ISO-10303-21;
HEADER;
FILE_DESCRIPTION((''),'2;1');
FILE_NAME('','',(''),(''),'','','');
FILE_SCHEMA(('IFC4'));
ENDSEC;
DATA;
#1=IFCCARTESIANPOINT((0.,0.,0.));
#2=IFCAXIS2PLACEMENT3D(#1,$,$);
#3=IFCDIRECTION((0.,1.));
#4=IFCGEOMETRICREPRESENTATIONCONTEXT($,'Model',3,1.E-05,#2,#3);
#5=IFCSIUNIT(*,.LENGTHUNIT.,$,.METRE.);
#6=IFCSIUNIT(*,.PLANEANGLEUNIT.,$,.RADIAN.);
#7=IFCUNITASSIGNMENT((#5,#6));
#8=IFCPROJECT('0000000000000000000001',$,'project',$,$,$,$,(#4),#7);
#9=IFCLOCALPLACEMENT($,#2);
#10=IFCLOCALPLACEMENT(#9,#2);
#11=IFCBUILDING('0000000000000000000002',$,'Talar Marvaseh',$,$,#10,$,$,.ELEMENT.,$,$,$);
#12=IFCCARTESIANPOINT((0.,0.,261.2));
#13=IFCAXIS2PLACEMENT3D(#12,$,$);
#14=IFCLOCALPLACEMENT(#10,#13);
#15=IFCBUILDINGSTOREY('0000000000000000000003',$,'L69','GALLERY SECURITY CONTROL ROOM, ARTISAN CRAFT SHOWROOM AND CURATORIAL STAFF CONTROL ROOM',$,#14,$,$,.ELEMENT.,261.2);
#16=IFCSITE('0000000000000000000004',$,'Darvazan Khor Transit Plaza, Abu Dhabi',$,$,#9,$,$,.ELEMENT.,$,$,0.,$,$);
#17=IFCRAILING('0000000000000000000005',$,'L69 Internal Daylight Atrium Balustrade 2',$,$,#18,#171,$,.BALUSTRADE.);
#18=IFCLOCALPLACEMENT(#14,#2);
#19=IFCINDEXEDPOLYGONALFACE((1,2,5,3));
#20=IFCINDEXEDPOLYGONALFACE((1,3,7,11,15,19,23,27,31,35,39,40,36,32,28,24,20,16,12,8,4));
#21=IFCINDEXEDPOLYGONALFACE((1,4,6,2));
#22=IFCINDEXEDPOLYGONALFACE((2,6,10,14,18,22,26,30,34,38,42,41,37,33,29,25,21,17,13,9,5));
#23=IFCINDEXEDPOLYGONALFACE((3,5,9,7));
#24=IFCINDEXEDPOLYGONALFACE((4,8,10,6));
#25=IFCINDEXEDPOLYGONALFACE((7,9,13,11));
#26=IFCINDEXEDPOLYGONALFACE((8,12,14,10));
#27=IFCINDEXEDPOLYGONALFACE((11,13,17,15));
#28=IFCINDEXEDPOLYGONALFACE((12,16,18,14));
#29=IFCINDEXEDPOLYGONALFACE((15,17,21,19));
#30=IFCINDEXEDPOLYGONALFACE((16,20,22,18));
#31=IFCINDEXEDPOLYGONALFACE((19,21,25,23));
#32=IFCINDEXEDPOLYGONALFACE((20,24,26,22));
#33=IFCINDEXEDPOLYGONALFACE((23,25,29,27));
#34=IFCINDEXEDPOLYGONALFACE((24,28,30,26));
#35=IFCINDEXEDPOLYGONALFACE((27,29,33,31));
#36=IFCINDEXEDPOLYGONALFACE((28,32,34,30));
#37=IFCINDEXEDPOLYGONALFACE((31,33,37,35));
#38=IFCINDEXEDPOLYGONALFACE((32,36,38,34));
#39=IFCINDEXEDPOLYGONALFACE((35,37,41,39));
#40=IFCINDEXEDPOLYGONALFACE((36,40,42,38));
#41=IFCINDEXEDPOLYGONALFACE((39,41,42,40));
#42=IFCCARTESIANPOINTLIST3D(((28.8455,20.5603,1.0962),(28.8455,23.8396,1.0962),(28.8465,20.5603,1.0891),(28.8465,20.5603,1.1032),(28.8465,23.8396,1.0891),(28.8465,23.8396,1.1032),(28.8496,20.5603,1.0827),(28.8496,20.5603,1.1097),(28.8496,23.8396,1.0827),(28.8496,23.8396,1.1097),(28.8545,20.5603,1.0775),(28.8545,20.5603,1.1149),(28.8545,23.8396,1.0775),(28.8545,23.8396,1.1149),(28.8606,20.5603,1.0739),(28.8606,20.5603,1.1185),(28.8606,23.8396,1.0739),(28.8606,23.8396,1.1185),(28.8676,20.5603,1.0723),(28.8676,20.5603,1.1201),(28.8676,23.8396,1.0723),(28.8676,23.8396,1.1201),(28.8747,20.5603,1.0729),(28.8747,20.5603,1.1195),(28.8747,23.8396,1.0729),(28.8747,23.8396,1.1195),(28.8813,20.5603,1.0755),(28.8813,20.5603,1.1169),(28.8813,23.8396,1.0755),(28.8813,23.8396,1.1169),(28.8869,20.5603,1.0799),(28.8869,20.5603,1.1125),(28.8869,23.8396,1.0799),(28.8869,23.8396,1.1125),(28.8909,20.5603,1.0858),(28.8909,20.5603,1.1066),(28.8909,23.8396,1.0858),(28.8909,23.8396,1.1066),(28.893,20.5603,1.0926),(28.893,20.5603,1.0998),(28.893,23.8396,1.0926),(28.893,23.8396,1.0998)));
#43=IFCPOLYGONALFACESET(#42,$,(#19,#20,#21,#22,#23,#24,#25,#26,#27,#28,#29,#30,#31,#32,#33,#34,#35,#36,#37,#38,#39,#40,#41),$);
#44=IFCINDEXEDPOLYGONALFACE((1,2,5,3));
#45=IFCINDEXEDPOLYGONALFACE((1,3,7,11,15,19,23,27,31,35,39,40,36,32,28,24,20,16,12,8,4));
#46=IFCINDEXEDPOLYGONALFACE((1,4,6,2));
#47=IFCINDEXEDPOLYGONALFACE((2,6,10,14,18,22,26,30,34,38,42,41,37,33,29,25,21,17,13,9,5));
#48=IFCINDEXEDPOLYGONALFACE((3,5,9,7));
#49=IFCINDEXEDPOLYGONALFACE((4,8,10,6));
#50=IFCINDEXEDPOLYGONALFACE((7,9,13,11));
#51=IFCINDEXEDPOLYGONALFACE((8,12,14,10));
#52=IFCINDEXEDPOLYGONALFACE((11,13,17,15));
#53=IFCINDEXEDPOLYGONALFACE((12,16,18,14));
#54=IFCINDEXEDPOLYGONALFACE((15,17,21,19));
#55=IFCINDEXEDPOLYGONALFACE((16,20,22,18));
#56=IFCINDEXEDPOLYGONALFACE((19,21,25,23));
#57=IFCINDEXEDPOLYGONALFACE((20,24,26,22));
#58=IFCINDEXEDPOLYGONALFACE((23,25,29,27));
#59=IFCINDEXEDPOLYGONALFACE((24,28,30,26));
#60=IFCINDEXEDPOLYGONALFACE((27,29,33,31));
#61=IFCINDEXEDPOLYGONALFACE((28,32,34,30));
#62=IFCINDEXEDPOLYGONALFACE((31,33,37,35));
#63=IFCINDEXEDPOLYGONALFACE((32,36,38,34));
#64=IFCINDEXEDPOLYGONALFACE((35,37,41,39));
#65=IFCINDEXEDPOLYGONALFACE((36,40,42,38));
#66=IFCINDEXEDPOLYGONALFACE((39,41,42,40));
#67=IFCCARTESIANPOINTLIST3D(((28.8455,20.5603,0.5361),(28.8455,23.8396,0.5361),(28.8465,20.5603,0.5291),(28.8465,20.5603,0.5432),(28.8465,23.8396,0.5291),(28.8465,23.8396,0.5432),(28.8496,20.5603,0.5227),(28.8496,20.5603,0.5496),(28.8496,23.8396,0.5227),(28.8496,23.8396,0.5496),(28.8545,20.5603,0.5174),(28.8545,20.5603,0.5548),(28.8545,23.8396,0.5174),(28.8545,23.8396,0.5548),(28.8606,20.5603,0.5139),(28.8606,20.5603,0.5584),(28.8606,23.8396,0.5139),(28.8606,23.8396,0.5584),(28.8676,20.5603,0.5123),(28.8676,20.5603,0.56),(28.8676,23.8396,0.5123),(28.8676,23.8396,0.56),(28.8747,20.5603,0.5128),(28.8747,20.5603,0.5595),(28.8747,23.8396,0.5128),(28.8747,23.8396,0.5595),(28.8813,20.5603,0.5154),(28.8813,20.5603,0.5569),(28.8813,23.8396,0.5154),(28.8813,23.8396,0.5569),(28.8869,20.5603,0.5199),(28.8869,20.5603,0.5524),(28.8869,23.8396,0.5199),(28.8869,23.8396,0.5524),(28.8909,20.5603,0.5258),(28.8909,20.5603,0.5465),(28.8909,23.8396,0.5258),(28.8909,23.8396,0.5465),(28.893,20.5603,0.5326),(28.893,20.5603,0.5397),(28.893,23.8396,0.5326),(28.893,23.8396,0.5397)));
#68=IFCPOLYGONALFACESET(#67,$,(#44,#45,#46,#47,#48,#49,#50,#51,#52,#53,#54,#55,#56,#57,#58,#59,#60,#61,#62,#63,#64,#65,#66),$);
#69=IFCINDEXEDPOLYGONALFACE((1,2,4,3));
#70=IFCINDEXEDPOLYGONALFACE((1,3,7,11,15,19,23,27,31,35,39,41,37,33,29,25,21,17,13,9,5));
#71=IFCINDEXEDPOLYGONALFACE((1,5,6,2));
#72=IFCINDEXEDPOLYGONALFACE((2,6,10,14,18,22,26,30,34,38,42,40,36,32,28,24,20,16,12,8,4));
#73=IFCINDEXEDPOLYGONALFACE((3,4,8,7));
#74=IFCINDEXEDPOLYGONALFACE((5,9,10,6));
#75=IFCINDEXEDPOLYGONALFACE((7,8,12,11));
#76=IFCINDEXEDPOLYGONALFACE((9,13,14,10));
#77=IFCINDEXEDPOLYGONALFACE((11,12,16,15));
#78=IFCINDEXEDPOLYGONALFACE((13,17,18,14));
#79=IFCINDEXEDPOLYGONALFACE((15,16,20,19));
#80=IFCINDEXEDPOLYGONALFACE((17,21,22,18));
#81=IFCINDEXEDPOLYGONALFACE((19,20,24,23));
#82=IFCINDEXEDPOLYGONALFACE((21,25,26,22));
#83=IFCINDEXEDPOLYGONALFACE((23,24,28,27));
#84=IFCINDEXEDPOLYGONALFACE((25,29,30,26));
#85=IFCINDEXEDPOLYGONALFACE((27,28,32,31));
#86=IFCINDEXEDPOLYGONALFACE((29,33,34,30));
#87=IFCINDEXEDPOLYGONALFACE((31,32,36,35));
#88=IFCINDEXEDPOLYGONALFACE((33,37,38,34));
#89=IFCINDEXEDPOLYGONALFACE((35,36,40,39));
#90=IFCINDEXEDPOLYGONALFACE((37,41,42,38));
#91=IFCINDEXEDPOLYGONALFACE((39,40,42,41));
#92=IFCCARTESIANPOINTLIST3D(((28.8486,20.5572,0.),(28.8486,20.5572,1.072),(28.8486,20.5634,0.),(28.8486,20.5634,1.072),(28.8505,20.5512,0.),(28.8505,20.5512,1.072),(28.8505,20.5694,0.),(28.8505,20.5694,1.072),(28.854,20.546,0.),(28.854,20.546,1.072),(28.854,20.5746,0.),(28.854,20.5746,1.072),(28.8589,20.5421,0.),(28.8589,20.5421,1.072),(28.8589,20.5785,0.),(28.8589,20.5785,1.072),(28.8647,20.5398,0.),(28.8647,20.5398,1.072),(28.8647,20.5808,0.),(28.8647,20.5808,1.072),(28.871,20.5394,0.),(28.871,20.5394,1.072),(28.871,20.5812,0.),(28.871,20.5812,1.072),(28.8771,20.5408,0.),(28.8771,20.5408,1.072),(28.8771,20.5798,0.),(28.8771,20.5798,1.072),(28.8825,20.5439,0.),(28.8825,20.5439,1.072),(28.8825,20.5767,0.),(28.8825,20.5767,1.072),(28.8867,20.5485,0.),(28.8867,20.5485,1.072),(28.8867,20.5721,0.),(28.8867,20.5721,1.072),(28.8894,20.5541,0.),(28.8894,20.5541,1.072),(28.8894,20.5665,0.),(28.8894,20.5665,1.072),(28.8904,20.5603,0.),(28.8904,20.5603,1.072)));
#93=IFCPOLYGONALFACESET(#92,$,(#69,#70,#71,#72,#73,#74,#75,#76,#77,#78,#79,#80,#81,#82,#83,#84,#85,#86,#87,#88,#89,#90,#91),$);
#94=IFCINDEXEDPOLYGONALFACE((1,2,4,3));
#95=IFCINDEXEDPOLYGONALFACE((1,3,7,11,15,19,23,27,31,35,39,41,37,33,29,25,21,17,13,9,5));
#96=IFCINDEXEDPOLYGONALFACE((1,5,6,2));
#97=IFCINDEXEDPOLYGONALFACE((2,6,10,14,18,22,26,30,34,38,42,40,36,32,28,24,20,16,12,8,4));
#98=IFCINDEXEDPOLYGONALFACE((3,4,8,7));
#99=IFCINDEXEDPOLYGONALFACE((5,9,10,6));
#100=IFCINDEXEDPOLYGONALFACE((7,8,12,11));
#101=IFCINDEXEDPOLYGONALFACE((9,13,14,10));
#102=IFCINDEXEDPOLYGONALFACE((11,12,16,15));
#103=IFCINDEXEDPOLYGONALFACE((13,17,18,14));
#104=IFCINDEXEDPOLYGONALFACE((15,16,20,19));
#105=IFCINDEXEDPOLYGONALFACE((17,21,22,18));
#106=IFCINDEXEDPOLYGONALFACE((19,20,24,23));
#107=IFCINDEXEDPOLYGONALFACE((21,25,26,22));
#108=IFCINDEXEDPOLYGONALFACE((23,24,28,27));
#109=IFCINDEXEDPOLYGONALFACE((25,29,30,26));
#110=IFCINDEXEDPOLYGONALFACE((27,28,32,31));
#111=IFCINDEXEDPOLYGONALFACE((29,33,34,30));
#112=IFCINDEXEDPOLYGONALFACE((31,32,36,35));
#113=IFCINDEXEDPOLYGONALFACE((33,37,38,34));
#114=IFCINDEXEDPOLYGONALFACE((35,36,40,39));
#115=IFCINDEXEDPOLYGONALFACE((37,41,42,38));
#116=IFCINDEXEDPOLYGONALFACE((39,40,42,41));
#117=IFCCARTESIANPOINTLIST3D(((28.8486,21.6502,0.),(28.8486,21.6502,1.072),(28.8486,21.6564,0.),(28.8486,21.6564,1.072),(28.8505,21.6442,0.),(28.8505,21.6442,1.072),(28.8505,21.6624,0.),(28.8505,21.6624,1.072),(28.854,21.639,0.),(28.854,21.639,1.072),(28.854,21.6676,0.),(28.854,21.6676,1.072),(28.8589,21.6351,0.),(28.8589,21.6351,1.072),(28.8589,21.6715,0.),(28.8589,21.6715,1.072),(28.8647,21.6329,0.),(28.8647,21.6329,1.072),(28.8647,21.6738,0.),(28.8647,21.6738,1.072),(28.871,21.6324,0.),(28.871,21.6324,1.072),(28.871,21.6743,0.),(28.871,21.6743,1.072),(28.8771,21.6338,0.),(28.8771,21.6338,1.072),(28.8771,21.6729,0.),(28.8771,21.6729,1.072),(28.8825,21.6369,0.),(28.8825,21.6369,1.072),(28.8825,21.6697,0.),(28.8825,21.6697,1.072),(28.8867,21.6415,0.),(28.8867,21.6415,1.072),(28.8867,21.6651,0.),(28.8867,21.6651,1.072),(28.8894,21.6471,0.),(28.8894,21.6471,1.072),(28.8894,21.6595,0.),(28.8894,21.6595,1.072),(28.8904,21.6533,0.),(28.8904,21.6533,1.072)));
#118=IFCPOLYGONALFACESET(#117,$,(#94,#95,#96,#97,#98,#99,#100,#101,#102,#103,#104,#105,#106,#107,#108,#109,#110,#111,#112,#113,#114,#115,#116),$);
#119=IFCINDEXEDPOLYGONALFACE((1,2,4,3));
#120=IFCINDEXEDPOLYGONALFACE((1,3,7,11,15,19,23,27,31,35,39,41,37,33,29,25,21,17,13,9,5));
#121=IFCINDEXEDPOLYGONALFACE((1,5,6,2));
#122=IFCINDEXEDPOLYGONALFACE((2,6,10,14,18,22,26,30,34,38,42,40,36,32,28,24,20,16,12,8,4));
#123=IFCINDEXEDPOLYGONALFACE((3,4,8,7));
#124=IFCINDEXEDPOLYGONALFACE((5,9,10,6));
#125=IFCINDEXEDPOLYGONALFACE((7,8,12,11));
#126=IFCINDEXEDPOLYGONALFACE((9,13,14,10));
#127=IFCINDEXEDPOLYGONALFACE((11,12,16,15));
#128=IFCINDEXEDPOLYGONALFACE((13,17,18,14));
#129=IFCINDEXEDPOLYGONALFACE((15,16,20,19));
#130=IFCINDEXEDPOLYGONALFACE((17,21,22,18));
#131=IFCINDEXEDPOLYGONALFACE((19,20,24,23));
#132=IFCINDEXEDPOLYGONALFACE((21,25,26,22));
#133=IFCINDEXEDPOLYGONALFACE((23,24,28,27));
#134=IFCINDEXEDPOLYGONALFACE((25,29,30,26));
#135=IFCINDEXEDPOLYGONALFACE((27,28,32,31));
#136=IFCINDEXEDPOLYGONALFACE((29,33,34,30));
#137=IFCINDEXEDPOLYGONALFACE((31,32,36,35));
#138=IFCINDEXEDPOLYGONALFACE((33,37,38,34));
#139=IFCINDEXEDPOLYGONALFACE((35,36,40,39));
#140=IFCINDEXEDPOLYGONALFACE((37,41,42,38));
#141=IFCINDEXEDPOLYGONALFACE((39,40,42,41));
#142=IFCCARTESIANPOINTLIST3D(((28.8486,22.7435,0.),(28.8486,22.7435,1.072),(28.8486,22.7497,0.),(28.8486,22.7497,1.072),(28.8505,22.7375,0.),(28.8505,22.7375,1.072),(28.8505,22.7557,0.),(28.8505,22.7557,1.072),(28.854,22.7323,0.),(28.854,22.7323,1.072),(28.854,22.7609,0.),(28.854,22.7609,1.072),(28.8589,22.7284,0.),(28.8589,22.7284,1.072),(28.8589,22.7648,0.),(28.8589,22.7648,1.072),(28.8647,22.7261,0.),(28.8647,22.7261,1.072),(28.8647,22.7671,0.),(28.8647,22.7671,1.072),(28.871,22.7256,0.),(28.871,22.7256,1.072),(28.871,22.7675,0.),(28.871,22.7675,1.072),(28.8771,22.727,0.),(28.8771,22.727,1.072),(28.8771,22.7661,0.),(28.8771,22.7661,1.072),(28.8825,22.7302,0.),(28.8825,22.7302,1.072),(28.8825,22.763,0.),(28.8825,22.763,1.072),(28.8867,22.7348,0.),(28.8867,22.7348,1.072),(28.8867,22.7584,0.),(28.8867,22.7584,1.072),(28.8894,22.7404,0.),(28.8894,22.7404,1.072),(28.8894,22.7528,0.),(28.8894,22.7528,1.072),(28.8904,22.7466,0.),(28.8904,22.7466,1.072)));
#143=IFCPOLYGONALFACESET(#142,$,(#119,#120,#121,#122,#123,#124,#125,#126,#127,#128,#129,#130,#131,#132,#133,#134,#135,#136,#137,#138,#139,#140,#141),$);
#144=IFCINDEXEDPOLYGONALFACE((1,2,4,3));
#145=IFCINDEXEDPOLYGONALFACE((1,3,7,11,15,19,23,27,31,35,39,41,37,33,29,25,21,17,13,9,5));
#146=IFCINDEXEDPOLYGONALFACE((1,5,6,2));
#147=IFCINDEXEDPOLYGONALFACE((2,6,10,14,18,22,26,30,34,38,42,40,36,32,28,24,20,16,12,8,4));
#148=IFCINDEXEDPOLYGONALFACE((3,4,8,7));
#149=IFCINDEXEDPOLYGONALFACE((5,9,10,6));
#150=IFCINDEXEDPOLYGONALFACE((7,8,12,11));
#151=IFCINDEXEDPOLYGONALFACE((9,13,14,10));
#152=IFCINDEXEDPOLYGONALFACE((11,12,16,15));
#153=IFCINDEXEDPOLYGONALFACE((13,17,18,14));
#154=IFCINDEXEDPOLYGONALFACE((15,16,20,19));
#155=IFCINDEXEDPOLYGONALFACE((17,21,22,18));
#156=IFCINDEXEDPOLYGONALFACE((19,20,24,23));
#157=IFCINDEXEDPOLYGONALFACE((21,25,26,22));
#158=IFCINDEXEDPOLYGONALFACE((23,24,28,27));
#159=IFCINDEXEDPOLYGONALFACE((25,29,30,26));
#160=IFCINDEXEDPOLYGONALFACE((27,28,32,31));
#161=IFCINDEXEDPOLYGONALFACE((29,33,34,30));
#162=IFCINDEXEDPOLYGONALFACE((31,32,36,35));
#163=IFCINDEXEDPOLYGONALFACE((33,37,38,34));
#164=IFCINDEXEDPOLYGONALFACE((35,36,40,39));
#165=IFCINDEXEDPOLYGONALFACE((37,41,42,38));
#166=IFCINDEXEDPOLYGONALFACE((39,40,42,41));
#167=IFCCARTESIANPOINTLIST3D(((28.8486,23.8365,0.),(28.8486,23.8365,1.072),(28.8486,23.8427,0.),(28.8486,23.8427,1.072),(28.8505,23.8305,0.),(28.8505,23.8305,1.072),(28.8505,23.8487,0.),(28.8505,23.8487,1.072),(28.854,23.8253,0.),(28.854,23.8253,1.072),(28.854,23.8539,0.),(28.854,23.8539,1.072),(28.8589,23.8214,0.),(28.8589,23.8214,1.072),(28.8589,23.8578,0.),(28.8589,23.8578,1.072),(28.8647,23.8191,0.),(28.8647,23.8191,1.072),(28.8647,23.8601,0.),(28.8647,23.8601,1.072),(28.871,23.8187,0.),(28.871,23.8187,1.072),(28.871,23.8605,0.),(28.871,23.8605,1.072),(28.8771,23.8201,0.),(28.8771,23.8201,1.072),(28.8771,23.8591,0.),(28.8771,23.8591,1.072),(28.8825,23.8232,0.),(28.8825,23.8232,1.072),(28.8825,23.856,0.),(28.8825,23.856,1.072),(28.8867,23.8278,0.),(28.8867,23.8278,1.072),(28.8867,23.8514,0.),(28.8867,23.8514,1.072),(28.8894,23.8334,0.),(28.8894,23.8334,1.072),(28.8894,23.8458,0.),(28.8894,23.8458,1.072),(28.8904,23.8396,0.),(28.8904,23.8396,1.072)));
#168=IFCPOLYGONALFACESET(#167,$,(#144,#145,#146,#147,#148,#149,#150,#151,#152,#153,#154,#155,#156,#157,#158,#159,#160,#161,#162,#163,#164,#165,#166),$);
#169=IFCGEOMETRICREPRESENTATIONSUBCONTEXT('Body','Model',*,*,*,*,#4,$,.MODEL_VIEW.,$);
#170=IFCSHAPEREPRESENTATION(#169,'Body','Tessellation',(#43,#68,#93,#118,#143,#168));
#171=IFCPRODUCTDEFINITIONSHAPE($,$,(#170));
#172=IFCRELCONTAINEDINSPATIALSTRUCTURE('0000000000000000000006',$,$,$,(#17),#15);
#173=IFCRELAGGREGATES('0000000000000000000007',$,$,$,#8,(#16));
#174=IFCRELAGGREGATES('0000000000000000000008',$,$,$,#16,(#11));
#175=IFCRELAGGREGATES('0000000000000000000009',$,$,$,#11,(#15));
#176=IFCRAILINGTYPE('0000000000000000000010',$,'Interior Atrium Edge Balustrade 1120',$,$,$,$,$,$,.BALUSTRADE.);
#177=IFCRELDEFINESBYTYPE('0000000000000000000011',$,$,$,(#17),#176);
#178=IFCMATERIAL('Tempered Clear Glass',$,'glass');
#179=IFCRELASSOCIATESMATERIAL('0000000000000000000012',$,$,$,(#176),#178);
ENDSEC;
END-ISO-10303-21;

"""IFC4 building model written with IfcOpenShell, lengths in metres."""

from ifc_helpers import new_model, si_unit, direction, frame, origin, origin_2d, place, context, subcontext, project, spatial, circle, extrude, material, type_object, element, save


model = new_model("IFC4")

# Units and contexts
model_context = context("Model", 3, precision=1e-05, world=origin(), true_north=direction((0.0, 1.0)))
body_context = subcontext(model_context, "Body", "Model", "MODEL_VIEW")
ifc_project = project(units=[si_unit("LENGTHUNIT", "METRE"), si_unit("PLANEANGLEUNIT", "RADIAN")], contexts=[model_context])

# Site, building, storey
site_placement = place(None, origin())
site = spatial("IfcSite", under=ifc_project, at=site_placement, Name="Darvazan Khor Transit Plaza, Abu Dhabi", CompositionType="ELEMENT", RefElevation=0.0)
building_placement = place(site_placement, origin())
building = spatial("IfcBuilding", under=site, at=building_placement, Name="Talar Marvaseh", CompositionType="ELEMENT")
storey_placement = place(building_placement, frame((0.0, 0.0, 261.2)))
storey = spatial("IfcBuildingStorey", under=building, at=storey_placement, Name="L69", Description="GALLERY SECURITY CONTROL ROOM, ARTISAN CRAFT SHOWROOM AND CURATORIAL STAFF CONTROL ROOM", CompositionType="ELEMENT", Elevation=261.2)

# Railing
ifc_material_1 = material(Name="Tempered Clear Glass", Category="glass")
railing_type = type_object("IfcRailingType", Name="Interior Atrium Edge Balustrade 1120", PredefinedType="BALUSTRADE", material=ifc_material_1)
railing_1_placement = place(storey_placement, frame((28.8694, 20.5603, 0.0)))
element("IfcRailing", 1, at=railing_1_placement, inside=storey, type_object=railing_type, Name="L69 Internal Daylight Atrium Balustrade 2", PredefinedType="BALUSTRADE", context=body_context, shape_type="SweptSolid", body=[
    extrude(circle(Radius=0.0239, at=origin_2d()), frame((0.0, 0.0, 1.0962), z_axis=(0.0, 1.0, 0.0), x_axis=(-1.0, 0.0, 0.0)), (0.0, 0.0, 1.0), 3.2793),
    extrude(circle(Radius=0.0239, at=origin_2d()), frame((0.0, 0.0, 0.5361), z_axis=(0.0, 1.0, 0.0), x_axis=(-1.0, 0.0, 0.0)), (0.0, 0.0, 1.0), 3.2793),
    extrude(circle(Radius=0.021, at=origin_2d()), origin(), (0.0, 0.0, 1.0), 1.072),
    extrude(circle(Radius=0.021, at=origin_2d()), frame((0.0, 1.093, 0.0)), (0.0, 0.0, 1.0), 1.072),
    extrude(circle(Radius=0.021, at=origin_2d()), frame((0.0, 2.1863, 0.0)), (0.0, 0.0, 1.0), 1.072),
    extrude(circle(Radius=0.021, at=origin_2d()), frame((0.0, 3.2793, 0.0)), (0.0, 0.0, 1.0), 1.072),
])

save(model, "model.ifc")
